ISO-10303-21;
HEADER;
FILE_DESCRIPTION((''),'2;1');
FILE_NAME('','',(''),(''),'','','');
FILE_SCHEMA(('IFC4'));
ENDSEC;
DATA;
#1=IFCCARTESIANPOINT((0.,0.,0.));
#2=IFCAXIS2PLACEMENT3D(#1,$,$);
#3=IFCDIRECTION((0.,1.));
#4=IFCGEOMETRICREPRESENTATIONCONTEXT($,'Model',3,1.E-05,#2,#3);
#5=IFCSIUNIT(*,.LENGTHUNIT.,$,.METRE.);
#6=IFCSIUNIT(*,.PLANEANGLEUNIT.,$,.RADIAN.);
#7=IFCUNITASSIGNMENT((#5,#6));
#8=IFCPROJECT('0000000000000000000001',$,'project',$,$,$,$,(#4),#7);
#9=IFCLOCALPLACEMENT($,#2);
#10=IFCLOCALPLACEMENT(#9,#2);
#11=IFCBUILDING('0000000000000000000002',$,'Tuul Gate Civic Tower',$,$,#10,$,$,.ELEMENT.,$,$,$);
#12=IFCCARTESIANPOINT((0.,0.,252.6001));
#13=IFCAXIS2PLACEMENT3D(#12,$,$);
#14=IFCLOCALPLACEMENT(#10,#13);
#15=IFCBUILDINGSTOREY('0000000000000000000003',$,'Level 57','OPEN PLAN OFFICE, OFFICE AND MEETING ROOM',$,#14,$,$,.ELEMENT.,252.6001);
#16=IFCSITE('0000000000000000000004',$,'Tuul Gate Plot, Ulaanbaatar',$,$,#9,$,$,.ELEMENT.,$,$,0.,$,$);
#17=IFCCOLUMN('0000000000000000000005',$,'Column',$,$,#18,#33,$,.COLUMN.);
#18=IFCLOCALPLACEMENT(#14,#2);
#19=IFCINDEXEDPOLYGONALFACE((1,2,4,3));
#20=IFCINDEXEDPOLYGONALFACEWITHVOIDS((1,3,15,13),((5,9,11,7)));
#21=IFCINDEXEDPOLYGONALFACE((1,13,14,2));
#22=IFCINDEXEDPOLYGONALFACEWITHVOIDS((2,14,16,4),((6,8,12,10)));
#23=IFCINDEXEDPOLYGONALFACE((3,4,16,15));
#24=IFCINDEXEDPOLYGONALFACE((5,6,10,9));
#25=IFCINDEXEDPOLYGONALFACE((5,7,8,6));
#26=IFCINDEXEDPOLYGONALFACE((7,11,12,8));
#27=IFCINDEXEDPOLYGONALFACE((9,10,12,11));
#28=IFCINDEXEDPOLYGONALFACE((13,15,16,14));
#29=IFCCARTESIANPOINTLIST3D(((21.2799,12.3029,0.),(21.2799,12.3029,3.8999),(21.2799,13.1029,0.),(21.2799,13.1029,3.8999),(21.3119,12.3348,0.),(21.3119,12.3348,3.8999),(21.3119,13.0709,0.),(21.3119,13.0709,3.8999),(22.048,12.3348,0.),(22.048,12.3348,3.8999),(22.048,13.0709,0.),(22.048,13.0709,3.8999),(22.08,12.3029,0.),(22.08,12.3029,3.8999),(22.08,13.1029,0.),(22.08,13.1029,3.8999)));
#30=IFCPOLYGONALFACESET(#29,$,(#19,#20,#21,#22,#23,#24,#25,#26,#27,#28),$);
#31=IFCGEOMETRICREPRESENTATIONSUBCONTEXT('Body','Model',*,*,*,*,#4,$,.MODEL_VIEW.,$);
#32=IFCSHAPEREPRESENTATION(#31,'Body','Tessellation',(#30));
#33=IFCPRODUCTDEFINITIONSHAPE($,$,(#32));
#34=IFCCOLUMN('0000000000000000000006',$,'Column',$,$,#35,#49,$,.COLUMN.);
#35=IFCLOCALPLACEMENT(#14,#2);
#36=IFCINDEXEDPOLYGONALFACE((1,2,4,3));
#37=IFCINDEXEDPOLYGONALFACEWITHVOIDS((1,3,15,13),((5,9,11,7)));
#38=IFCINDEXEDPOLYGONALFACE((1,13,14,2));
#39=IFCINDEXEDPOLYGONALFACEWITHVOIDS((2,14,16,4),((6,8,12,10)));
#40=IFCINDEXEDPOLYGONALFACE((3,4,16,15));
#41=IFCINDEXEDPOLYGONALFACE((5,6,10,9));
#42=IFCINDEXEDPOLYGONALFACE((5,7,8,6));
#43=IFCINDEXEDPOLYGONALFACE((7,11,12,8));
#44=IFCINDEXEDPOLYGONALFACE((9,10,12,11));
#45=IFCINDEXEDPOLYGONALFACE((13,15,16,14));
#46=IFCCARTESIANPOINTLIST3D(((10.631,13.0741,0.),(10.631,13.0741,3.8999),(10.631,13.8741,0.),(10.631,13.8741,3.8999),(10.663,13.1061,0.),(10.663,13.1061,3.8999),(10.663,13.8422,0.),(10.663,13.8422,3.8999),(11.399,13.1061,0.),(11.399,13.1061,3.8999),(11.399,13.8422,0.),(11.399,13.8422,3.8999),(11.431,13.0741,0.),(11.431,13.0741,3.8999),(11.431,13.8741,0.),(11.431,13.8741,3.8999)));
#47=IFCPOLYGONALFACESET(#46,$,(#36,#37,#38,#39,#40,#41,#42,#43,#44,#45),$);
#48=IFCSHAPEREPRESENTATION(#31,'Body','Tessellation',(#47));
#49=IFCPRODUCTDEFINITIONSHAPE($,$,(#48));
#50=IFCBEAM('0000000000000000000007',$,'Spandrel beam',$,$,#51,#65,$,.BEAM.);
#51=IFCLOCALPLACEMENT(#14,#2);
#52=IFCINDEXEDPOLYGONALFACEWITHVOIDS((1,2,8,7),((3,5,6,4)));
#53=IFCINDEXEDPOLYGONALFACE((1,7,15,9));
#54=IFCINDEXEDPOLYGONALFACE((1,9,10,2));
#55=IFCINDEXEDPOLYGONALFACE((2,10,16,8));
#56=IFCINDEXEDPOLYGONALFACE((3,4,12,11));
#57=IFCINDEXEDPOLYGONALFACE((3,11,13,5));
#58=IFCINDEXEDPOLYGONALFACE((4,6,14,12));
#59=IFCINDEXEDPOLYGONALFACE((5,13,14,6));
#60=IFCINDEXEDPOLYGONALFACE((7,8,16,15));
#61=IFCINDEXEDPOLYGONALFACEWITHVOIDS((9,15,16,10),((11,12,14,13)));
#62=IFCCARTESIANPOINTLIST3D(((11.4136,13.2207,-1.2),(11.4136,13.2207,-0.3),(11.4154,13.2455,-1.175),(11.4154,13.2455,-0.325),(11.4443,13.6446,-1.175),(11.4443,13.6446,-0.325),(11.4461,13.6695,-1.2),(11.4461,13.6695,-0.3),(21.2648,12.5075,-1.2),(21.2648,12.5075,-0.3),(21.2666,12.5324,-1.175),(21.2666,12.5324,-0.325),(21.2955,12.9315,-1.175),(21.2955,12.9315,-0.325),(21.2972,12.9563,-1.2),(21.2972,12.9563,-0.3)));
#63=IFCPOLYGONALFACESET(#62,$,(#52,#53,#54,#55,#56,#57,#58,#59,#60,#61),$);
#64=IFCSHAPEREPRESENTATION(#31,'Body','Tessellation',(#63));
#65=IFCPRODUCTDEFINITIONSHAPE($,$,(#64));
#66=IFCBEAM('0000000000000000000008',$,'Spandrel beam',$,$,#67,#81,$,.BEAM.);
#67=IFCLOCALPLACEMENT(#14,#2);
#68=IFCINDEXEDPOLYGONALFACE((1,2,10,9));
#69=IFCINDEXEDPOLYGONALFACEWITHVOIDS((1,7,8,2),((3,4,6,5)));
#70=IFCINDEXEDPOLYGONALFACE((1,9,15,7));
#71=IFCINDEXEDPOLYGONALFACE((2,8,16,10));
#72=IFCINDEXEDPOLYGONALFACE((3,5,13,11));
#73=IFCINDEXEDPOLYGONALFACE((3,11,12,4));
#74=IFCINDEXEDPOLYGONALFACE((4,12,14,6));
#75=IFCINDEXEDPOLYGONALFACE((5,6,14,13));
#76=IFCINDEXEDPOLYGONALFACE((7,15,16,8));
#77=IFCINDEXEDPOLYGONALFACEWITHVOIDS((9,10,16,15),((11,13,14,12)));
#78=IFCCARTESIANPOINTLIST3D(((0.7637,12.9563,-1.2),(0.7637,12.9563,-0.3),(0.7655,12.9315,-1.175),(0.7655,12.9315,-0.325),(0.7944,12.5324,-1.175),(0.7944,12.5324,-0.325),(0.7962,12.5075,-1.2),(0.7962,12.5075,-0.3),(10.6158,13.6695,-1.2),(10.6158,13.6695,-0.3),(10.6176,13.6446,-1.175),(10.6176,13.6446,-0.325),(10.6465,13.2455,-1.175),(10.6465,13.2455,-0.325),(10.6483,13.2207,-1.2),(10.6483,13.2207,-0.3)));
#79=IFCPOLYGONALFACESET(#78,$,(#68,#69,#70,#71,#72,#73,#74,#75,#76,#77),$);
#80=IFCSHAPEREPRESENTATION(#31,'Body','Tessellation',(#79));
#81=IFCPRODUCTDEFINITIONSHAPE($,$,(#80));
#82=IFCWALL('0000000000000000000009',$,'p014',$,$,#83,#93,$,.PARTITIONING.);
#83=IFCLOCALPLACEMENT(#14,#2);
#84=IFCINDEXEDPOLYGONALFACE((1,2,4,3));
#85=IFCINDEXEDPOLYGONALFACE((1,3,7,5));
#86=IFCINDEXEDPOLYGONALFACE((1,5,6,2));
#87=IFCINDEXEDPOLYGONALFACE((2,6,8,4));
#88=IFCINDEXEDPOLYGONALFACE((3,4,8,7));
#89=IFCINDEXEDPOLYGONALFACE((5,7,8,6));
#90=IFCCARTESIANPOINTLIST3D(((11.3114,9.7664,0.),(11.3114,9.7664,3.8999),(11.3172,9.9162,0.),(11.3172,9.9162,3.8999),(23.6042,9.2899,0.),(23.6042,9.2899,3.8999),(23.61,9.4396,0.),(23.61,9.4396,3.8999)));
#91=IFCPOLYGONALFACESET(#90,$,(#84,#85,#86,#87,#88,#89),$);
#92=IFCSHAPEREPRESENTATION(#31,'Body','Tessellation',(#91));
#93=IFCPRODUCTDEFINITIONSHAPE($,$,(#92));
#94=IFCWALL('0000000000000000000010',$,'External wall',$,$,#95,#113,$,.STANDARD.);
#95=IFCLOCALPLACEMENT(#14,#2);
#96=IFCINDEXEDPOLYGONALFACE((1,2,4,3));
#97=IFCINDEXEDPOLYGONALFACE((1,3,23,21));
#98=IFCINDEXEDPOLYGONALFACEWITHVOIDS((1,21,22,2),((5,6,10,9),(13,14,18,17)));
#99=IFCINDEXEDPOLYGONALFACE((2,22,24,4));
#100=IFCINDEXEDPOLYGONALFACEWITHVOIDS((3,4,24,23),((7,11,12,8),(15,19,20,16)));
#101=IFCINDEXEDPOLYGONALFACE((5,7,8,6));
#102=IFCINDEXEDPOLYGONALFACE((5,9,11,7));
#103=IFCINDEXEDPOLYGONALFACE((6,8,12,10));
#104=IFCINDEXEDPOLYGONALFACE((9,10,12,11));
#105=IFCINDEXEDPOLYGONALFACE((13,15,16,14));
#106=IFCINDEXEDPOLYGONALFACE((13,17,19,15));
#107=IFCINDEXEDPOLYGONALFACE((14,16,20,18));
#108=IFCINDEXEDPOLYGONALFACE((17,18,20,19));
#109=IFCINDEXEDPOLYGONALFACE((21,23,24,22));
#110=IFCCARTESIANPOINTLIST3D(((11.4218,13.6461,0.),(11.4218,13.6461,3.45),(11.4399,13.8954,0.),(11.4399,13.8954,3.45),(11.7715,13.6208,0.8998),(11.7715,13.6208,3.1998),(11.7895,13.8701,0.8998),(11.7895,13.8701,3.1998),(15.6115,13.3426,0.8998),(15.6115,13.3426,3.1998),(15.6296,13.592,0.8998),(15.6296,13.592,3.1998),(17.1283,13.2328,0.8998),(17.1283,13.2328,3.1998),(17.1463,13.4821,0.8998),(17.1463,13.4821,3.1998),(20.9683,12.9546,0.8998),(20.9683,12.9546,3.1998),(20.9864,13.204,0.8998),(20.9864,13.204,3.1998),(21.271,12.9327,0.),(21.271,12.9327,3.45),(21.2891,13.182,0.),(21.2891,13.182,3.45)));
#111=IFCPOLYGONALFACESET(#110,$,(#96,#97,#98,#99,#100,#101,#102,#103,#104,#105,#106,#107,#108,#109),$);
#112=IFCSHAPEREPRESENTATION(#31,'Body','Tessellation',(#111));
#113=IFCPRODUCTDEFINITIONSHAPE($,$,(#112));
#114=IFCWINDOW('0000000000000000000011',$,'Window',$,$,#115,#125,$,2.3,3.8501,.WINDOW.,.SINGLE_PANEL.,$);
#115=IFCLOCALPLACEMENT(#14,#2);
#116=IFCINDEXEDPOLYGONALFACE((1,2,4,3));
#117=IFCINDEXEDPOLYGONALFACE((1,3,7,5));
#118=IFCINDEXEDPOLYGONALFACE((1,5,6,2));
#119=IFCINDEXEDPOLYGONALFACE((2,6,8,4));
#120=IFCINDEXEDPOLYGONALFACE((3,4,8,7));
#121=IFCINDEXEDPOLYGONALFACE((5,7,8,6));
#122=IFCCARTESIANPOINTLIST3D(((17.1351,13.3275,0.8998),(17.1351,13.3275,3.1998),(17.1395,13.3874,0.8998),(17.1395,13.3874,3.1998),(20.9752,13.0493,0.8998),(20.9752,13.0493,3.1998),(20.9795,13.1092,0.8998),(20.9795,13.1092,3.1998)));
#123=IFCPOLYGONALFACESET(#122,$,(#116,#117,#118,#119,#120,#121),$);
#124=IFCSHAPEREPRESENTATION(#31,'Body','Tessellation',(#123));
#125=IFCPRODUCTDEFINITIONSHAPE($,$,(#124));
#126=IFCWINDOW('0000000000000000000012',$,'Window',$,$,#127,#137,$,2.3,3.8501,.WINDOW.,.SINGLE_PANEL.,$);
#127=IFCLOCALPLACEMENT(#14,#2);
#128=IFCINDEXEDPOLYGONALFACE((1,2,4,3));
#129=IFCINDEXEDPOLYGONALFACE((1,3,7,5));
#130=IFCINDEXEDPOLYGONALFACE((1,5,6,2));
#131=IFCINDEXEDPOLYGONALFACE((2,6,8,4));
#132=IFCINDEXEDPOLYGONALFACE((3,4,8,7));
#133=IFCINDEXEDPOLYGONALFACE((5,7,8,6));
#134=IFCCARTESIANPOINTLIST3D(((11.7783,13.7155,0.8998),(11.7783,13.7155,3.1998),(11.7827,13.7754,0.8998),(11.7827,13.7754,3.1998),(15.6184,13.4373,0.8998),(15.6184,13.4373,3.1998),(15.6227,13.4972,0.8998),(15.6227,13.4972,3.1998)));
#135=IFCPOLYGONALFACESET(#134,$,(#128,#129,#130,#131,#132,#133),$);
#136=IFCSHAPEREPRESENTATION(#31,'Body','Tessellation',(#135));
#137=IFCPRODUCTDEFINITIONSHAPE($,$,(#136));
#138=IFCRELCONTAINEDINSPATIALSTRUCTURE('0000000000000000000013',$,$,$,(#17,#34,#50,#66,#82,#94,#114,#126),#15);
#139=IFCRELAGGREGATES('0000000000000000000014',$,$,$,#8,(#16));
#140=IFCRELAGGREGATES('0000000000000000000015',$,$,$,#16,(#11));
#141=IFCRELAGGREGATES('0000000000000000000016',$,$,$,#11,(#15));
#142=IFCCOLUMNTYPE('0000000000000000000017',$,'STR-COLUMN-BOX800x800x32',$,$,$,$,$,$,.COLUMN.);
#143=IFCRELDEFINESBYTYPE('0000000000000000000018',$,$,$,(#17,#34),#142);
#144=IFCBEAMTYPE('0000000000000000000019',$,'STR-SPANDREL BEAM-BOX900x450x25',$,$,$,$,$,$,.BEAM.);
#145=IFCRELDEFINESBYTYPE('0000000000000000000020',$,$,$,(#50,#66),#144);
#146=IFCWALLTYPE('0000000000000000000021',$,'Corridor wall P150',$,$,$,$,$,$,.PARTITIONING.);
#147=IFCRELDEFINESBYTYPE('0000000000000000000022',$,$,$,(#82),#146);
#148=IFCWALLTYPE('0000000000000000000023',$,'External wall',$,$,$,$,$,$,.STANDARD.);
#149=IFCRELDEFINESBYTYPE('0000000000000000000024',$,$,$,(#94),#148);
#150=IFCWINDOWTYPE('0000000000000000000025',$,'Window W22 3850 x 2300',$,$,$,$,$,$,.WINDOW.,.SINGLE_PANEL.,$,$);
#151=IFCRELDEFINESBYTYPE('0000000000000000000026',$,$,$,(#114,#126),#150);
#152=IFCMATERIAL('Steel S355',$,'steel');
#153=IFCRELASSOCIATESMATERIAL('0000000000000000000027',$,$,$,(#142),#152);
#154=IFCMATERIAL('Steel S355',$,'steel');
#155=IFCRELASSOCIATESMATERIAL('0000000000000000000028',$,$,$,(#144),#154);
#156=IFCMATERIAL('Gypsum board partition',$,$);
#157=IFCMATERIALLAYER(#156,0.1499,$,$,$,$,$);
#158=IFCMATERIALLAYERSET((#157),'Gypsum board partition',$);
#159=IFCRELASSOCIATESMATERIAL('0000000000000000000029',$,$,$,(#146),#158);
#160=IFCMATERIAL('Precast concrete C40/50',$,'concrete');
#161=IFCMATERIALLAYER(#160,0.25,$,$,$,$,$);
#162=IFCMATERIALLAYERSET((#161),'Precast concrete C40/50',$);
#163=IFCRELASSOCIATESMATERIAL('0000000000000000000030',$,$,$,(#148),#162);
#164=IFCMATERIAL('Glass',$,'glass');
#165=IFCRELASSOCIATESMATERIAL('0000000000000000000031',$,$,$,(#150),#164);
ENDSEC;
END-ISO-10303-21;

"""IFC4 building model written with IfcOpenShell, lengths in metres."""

from ifc_helpers import new_model, si_unit, direction, frame, frame_2d, origin, origin_2d, place, context, subcontext, project, spatial, rectangle, hollow_rectangle, extrude, material, layer, layer_set, material_profile, profile_set, type_object, element, fill, save


model = new_model("IFC4")

# Units and contexts
model_context = context("Model", 3, precision=1e-05, world=origin(), true_north=direction((0.0, 1.0)))
body_context = subcontext(model_context, "Body", "Model", "MODEL_VIEW")
ifc_project = project(units=[si_unit("LENGTHUNIT", "METRE"), si_unit("PLANEANGLEUNIT", "RADIAN")], contexts=[model_context])

# Site, building, storey
site_placement = place(None, origin())
site = spatial("IfcSite", under=ifc_project, at=site_placement, Name="Tuul Gate Plot, Ulaanbaatar", CompositionType="ELEMENT", RefElevation=0.0)
building_placement = place(site_placement, origin())
building = spatial("IfcBuilding", under=site, at=building_placement, Name="Tuul Gate Civic Tower", CompositionType="ELEMENT")
storey_placement = place(building_placement, frame((0.0, 0.0, 252.6001)))
storey = spatial("IfcBuildingStorey", under=building, at=storey_placement, Name="Level 57", Description="OPEN PLAN OFFICE, OFFICE AND MEETING ROOM", CompositionType="ELEMENT", Elevation=252.6001)

# Columns
ifc_material_1 = material(Name="Steel S355", Category="steel")
ifc_material_profile_1 = material_profile(ifc_material_1, hollow_rectangle(XDim=0.8, YDim=0.8, WallThickness=0.032, at=origin_2d()), Name="BOX800x800x32")
ifc_profile_set_1 = profile_set([ifc_material_profile_1], Name="Steel S355")
column_type = type_object("IfcColumnType", Name="STR-COLUMN-BOX800x800x32", PredefinedType="COLUMN", material=ifc_profile_set_1)
for number, where, z_axis, x_axis, name in (
    (1, (21.6799, 12.7029, 0.0), (0.0, 0.0, 1.0), (1.0, 0.0, 0.0), "Column"),
    (2, (11.031, 13.4741, 0.0), (0.0, 0.0, 1.0), (1.0, 0.0, 0.0), "Column"),
):
    element("IfcColumn", number, at=place(storey_placement, frame(where, z_axis=z_axis, x_axis=x_axis)), inside=storey, type_object=column_type, Name=name, PredefinedType="COLUMN", context=body_context, shape_type="SweptSolid", body=[
        extrude(hollow_rectangle(XDim=0.8, YDim=0.8, WallThickness=0.032, at=origin_2d()), origin(), (0.0, 0.0, 1.0), 3.8999),
    ])

# Beams
ifc_material_2 = material(Name="Steel S355", Category="steel")
ifc_material_profile_2 = material_profile(ifc_material_2, hollow_rectangle(XDim=0.45, YDim=0.8999, WallThickness=0.0249, at=origin_2d()), Name="BOX900x450x25")
ifc_profile_set_2 = profile_set([ifc_material_profile_2], Name="Steel S355")
beam_type = type_object("IfcBeamType", Name="STR-SPANDREL BEAM-BOX900x450x25", PredefinedType="BEAM", material=ifc_profile_set_2)
beam_1_placement = place(storey_placement, frame((21.281, 12.7319, -0.75), z_axis=(-0.99739, 0.072203, 0.0), x_axis=(-0.072203, -0.99739, 0.0)))
element("IfcBeam", 3, at=beam_1_placement, inside=storey, type_object=beam_type, Name="Spandrel beam", PredefinedType="BEAM", context=body_context, shape_type="SweptSolid", body=[
    extrude(hollow_rectangle(XDim=0.45, YDim=0.8999, WallThickness=0.0249, at=origin_2d()), origin(), (0.0, 0.0, 1.0), 9.877),
])
beam_2_placement = place(storey_placement, frame((10.6321, 13.4451, -0.75), z_axis=(-0.99739, -0.072196, 0.0), x_axis=(0.072196, -0.99739, 0.0)))
element("IfcBeam", 4, at=beam_2_placement, inside=storey, type_object=beam_type, Name="Spandrel beam", PredefinedType="BEAM", context=body_context, shape_type="SweptSolid", body=[
    extrude(hollow_rectangle(XDim=0.45, YDim=0.8999, WallThickness=0.0249, at=origin_2d()), origin(), (0.0, 0.0, 1.0), 9.8779),
])

# Wall
ifc_material_3 = material(Name="Gypsum board partition")
ifc_layer_1 = layer(ifc_material_3, 0.1499)
ifc_layer_set_1 = layer_set([ifc_layer_1], Name="Gypsum board partition")
wall_type_1 = type_object("IfcWallType", Name="Corridor wall P150", PredefinedType="PARTITIONING", material=ifc_layer_set_1)
wall_1_placement = place(storey_placement, frame((11.3145, 9.8413, 0.0), z_axis=(0.0, 0.0, 1.0), x_axis=(0.999249, -0.038739, 0.0)))
element("IfcWall", 5, at=wall_1_placement, inside=storey, type_object=wall_type_1, Name="p014", PredefinedType="PARTITIONING", context=body_context, shape_type="SweptSolid", body=[
    extrude(rectangle(XDim=12.302, YDim=0.1499, at=frame_2d((6.1509, 0.0))), origin(), (0.0, 0.0, 1.0), 3.8999),
])

# Wall, openings, windows
ifc_material_4 = material(Name="Precast concrete C40/50", Category="concrete")
ifc_layer_2 = layer(ifc_material_4, 0.25)
ifc_layer_set_2 = layer_set([ifc_layer_2], Name="Precast concrete C40/50")
wall_type_2 = type_object("IfcWallType", Name="External wall", PredefinedType="STANDARD", material=ifc_layer_set_2)
wall_2_placement = place(storey_placement, frame((21.28, 13.0574, 0.0), z_axis=(0.0, 0.0, 1.0), x_axis=(-0.997387, 0.072241, 0.0)))
wall_2 = element("IfcWall", 6, at=wall_2_placement, inside=storey, type_object=wall_type_2, Name="External wall", PredefinedType="STANDARD", context=body_context, shape_type="SweptSolid", body=[
    extrude(rectangle(XDim=9.875, YDim=0.25, at=frame_2d((4.9375, 0.0))), origin(), (0.0, 0.0, 1.0), 3.45),
])
opening_1_placement = place(wall_2_placement, frame((0.3035, 0.0, 0.8999)))
opening_1 = element("IfcOpeningElement", 7, at=opening_1_placement, cuts=wall_2, PredefinedType="OPENING", context=body_context, shape_type="SweptSolid", body=[
    extrude(rectangle(XDim=3.8501, YDim=2.3, at=frame_2d((1.925, 1.1499))), frame((0.0, 0.135, 0.0), z_axis=(0.0, -1.0, 0.0), x_axis=(1.0, 0.0, 0.0)), (0.0, 0.0, 1.0), 0.27),
])
opening_2_placement = place(wall_2_placement, frame((5.6743, 0.0, 0.8999)))
opening_2 = element("IfcOpeningElement", 8, at=opening_2_placement, cuts=wall_2, PredefinedType="OPENING", context=body_context, shape_type="SweptSolid", body=[
    extrude(rectangle(XDim=3.8501, YDim=2.3, at=frame_2d((1.925, 1.1499))), frame((0.0, 0.135, 0.0), z_axis=(0.0, -1.0, 0.0), x_axis=(1.0, 0.0, 0.0)), (0.0, 0.0, 1.0), 0.27),
])
ifc_material_5 = material(Name="Glass", Category="glass")
window_type = type_object("IfcWindowType", Name="Window W22 3850 x 2300", PartitioningType="SINGLE_PANEL", PredefinedType="WINDOW", material=ifc_material_5)
window_1_placement = place(opening_1_placement, origin())
window_1 = element("IfcWindow", 9, at=window_1_placement, inside=storey, type_object=window_type, Name="Window", OverallHeight=2.3, OverallWidth=3.8501, PartitioningType="SINGLE_PANEL", PredefinedType="WINDOW", context=body_context, shape_type="SweptSolid", body=[
    extrude(rectangle(XDim=3.8501, YDim=2.3, at=frame_2d((1.925, 1.1499))), frame((0.0, 0.03, 0.0), z_axis=(0.0, -1.0, 0.0), x_axis=(1.0, 0.0, 0.0)), (0.0, 0.0, 1.0), 0.0601),
])
fill(opening_1, window_1)
window_2_placement = place(opening_2_placement, origin())
window_2 = element("IfcWindow", 10, at=window_2_placement, inside=storey, type_object=window_type, Name="Window", OverallHeight=2.3, OverallWidth=3.8501, PartitioningType="SINGLE_PANEL", PredefinedType="WINDOW", context=body_context, shape_type="SweptSolid", body=[
    extrude(rectangle(XDim=3.8501, YDim=2.3, at=frame_2d((1.925, 1.1499))), frame((0.0, 0.03, 0.0), z_axis=(0.0, -1.0, 0.0), x_axis=(1.0, 0.0, 0.0)), (0.0, 0.0, 1.0), 0.0601),
])
fill(opening_2, window_2)

save(model, "model.ifc")
